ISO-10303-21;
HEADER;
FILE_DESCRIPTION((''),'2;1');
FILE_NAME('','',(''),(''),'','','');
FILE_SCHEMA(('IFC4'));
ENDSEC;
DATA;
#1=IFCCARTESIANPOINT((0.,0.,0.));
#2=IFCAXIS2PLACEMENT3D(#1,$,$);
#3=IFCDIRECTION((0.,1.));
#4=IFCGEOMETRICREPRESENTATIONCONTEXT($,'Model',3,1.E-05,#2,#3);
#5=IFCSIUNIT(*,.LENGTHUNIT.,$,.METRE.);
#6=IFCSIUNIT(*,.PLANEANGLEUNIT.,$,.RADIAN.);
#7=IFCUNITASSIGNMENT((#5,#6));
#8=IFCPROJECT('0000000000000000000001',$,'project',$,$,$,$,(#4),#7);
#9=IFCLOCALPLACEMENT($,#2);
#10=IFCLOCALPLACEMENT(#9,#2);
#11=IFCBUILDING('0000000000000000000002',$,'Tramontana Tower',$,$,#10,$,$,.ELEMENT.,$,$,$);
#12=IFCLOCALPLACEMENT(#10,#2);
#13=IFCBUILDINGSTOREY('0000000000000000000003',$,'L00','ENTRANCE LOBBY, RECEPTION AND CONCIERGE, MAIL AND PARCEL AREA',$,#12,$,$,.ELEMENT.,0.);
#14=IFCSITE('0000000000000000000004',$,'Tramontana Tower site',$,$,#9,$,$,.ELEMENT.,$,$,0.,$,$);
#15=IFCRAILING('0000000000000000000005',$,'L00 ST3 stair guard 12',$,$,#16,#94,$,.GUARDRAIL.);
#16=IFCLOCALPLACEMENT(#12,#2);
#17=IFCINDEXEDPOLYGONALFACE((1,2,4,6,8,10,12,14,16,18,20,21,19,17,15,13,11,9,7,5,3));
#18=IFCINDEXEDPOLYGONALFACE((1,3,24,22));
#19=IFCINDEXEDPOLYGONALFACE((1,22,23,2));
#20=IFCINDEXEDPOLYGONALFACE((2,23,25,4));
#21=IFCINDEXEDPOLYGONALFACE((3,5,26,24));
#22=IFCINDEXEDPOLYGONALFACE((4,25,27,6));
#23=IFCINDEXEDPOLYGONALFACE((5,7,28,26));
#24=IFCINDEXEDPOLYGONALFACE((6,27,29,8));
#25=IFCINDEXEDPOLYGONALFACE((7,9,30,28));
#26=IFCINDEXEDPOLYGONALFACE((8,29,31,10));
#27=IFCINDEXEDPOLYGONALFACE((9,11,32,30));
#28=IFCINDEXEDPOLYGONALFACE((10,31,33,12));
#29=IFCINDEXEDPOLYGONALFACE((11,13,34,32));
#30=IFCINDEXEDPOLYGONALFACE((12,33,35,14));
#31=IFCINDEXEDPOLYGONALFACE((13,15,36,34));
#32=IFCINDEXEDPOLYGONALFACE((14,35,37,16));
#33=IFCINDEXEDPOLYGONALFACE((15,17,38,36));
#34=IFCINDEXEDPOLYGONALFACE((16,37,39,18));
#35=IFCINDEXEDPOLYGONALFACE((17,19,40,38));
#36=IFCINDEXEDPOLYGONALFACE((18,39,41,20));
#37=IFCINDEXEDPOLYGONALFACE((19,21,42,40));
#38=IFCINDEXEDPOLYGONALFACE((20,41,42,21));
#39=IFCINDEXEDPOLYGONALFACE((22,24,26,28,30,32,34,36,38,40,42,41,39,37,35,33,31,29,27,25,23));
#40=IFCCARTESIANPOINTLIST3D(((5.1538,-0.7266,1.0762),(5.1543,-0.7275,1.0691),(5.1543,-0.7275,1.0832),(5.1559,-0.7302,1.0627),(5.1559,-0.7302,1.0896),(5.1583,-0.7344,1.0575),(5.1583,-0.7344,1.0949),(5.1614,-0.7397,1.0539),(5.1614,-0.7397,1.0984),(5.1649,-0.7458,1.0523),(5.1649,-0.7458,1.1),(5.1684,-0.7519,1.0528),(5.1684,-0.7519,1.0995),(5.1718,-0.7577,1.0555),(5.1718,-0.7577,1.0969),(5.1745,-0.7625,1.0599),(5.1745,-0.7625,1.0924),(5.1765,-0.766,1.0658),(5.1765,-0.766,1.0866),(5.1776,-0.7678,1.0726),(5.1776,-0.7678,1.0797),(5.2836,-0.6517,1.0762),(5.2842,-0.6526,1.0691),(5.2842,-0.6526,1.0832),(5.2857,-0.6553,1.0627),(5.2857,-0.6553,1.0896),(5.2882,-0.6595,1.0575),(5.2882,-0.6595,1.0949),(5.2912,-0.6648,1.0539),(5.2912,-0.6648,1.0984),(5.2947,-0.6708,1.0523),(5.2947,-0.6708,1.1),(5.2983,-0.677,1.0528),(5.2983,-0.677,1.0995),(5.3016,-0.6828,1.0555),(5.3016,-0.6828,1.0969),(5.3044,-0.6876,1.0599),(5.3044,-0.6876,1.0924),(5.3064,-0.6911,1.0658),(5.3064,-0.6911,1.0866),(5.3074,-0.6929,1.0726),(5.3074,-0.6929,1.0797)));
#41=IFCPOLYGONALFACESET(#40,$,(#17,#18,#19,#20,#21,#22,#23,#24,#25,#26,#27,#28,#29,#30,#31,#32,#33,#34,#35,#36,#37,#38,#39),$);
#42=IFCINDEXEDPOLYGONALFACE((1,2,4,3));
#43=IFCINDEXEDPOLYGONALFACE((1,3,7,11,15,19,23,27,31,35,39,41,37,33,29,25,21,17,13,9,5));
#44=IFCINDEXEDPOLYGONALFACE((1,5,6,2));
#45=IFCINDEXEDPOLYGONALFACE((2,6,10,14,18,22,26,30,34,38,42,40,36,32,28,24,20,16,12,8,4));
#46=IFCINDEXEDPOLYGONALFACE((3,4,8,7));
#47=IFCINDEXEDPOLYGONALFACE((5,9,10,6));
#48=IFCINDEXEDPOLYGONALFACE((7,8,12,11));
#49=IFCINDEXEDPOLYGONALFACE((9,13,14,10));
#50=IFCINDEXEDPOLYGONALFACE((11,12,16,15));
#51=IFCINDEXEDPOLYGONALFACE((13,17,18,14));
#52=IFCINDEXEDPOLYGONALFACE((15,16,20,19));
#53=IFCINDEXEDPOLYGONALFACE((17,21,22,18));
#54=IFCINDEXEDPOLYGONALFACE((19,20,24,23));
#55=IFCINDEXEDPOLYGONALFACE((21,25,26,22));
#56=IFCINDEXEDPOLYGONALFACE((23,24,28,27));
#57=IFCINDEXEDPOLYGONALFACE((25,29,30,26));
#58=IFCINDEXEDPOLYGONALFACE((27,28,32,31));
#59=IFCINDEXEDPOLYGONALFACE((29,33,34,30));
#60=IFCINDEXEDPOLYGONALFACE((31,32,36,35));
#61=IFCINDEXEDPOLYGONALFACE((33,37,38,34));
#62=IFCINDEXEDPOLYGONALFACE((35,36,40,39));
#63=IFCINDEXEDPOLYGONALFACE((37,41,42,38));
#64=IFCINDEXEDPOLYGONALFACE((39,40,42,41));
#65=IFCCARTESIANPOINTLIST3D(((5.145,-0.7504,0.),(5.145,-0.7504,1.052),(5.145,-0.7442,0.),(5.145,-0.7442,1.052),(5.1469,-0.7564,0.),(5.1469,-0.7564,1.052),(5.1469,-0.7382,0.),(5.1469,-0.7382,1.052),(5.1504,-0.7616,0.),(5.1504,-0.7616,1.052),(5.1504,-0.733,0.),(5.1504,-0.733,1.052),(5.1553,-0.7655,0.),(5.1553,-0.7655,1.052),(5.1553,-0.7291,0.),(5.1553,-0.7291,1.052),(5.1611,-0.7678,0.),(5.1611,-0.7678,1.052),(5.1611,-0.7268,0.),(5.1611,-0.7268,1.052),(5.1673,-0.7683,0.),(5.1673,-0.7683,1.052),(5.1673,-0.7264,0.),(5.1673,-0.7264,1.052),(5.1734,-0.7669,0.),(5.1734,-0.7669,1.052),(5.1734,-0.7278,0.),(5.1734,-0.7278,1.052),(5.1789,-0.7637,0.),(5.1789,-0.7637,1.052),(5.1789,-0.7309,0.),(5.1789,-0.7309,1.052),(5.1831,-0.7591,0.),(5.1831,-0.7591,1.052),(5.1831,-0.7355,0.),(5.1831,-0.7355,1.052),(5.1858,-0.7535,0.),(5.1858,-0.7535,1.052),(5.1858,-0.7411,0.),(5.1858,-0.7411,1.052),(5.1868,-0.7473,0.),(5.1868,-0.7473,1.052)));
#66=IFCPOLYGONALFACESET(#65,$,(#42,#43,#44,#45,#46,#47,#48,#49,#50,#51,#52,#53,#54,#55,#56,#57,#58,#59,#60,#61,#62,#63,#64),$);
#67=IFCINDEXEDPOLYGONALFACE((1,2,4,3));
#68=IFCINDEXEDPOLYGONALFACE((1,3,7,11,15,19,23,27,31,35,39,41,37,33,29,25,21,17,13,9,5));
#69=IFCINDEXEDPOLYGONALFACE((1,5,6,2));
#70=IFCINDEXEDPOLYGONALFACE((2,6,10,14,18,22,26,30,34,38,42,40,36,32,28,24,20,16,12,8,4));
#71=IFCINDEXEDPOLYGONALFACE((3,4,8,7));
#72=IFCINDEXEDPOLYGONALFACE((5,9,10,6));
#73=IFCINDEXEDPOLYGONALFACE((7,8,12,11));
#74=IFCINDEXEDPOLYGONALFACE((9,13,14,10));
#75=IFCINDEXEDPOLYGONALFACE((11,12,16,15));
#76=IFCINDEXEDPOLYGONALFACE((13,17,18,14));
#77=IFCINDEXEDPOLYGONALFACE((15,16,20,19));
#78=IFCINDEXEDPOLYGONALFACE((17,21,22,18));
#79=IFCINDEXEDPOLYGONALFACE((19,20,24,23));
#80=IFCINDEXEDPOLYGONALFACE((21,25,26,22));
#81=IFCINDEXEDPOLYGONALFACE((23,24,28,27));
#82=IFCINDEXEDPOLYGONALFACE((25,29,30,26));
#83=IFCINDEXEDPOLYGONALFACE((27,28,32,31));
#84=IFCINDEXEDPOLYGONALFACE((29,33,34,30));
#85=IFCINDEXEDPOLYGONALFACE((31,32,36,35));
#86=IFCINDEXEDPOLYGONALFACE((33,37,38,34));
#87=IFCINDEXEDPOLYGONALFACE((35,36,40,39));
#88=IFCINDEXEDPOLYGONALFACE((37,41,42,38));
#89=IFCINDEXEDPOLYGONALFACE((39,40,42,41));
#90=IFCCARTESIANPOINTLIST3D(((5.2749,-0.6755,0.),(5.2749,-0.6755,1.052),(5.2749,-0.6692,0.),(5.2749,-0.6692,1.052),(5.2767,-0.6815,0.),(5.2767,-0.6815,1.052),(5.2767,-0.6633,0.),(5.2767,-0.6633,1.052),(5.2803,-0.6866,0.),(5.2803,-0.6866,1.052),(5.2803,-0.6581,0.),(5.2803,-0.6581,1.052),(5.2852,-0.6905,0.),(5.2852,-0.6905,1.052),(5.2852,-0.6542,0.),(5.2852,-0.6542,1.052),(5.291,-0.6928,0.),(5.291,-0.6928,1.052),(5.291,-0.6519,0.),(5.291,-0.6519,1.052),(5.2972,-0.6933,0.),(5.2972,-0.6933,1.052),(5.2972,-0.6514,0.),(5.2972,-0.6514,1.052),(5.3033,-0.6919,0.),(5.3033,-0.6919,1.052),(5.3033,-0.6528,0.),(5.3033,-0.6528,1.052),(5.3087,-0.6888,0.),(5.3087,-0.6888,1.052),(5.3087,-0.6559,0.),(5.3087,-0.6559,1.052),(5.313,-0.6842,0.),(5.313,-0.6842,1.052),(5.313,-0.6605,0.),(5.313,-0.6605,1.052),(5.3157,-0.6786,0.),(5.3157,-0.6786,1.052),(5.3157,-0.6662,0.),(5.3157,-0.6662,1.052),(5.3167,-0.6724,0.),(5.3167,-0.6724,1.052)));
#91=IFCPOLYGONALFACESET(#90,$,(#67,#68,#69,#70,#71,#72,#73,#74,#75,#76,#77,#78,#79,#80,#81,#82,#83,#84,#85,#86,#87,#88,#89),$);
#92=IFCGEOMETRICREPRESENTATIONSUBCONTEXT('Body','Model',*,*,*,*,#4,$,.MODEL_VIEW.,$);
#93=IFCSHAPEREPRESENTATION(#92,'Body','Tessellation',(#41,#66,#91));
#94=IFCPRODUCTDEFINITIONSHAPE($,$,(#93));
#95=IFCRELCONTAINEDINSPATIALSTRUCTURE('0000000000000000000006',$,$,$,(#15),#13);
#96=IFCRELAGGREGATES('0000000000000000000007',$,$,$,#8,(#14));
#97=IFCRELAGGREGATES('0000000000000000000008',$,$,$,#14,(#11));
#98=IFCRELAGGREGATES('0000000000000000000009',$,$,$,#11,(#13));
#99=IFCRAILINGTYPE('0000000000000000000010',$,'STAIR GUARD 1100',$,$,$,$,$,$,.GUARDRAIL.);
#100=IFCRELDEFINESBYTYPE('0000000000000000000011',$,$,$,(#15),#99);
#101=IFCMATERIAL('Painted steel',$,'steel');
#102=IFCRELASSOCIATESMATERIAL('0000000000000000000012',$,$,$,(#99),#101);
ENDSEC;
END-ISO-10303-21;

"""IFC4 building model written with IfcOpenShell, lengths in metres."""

from ifc_helpers import new_model, si_unit, direction, frame, origin, origin_2d, place, context, subcontext, project, spatial, circle, extrude, material, type_object, element, save


model = new_model("IFC4")

# Units and contexts
model_context = context("Model", 3, precision=1e-05, world=origin(), true_north=direction((0.0, 1.0)))
body_context = subcontext(model_context, "Body", "Model", "MODEL_VIEW")
ifc_project = project(units=[si_unit("LENGTHUNIT", "METRE"), si_unit("PLANEANGLEUNIT", "RADIAN")], contexts=[model_context])

# Site, building, storey
site_placement = place(None, origin())
site = spatial("IfcSite", under=ifc_project, at=site_placement, Name="Tramontana Tower site", CompositionType="ELEMENT", RefElevation=0.0)
building_placement = place(site_placement, origin())
building = spatial("IfcBuilding", under=site, at=building_placement, Name="Tramontana Tower", CompositionType="ELEMENT")
storey_placement = place(building_placement, origin())
storey = spatial("IfcBuildingStorey", under=building, at=storey_placement, Name="L00", Description="ENTRANCE LOBBY, RECEPTION AND CONCIERGE, MAIL AND PARCEL AREA", CompositionType="ELEMENT", Elevation=0.0)

# Railing
ifc_material_1 = material(Name="Painted steel", Category="steel")
railing_type = type_object("IfcRailingType", Name="STAIR GUARD 1100", PredefinedType="GUARDRAIL", material=ifc_material_1)
for number, where, name in (
    (1, (5.1658, -0.7473, 0.0), "L00 ST3 stair guard 12"),
):
    element("IfcRailing", number, at=place(storey_placement, frame(where)), inside=storey, type_object=railing_type, Name=name, PredefinedType="GUARDRAIL", context=body_context, shape_type="SweptSolid", body=[
        extrude(circle(Radius=0.0239, at=origin_2d()), frame((0.0, 0.0, 1.0762), z_axis=(0.866131, 0.499816, 0.0), x_axis=(-0.499816, 0.866131, 0.0)), (0.0, 0.0, 1.0), 0.1499),
        extrude(circle(Radius=0.021, at=origin_2d()), origin(), (0.0, 0.0, 1.0), 1.052),
        extrude(circle(Radius=0.021, at=origin_2d()), frame((0.1299, 0.075, 0.0)), (0.0, 0.0, 1.0), 1.052),
    ])

save(model, "model.ifc")
